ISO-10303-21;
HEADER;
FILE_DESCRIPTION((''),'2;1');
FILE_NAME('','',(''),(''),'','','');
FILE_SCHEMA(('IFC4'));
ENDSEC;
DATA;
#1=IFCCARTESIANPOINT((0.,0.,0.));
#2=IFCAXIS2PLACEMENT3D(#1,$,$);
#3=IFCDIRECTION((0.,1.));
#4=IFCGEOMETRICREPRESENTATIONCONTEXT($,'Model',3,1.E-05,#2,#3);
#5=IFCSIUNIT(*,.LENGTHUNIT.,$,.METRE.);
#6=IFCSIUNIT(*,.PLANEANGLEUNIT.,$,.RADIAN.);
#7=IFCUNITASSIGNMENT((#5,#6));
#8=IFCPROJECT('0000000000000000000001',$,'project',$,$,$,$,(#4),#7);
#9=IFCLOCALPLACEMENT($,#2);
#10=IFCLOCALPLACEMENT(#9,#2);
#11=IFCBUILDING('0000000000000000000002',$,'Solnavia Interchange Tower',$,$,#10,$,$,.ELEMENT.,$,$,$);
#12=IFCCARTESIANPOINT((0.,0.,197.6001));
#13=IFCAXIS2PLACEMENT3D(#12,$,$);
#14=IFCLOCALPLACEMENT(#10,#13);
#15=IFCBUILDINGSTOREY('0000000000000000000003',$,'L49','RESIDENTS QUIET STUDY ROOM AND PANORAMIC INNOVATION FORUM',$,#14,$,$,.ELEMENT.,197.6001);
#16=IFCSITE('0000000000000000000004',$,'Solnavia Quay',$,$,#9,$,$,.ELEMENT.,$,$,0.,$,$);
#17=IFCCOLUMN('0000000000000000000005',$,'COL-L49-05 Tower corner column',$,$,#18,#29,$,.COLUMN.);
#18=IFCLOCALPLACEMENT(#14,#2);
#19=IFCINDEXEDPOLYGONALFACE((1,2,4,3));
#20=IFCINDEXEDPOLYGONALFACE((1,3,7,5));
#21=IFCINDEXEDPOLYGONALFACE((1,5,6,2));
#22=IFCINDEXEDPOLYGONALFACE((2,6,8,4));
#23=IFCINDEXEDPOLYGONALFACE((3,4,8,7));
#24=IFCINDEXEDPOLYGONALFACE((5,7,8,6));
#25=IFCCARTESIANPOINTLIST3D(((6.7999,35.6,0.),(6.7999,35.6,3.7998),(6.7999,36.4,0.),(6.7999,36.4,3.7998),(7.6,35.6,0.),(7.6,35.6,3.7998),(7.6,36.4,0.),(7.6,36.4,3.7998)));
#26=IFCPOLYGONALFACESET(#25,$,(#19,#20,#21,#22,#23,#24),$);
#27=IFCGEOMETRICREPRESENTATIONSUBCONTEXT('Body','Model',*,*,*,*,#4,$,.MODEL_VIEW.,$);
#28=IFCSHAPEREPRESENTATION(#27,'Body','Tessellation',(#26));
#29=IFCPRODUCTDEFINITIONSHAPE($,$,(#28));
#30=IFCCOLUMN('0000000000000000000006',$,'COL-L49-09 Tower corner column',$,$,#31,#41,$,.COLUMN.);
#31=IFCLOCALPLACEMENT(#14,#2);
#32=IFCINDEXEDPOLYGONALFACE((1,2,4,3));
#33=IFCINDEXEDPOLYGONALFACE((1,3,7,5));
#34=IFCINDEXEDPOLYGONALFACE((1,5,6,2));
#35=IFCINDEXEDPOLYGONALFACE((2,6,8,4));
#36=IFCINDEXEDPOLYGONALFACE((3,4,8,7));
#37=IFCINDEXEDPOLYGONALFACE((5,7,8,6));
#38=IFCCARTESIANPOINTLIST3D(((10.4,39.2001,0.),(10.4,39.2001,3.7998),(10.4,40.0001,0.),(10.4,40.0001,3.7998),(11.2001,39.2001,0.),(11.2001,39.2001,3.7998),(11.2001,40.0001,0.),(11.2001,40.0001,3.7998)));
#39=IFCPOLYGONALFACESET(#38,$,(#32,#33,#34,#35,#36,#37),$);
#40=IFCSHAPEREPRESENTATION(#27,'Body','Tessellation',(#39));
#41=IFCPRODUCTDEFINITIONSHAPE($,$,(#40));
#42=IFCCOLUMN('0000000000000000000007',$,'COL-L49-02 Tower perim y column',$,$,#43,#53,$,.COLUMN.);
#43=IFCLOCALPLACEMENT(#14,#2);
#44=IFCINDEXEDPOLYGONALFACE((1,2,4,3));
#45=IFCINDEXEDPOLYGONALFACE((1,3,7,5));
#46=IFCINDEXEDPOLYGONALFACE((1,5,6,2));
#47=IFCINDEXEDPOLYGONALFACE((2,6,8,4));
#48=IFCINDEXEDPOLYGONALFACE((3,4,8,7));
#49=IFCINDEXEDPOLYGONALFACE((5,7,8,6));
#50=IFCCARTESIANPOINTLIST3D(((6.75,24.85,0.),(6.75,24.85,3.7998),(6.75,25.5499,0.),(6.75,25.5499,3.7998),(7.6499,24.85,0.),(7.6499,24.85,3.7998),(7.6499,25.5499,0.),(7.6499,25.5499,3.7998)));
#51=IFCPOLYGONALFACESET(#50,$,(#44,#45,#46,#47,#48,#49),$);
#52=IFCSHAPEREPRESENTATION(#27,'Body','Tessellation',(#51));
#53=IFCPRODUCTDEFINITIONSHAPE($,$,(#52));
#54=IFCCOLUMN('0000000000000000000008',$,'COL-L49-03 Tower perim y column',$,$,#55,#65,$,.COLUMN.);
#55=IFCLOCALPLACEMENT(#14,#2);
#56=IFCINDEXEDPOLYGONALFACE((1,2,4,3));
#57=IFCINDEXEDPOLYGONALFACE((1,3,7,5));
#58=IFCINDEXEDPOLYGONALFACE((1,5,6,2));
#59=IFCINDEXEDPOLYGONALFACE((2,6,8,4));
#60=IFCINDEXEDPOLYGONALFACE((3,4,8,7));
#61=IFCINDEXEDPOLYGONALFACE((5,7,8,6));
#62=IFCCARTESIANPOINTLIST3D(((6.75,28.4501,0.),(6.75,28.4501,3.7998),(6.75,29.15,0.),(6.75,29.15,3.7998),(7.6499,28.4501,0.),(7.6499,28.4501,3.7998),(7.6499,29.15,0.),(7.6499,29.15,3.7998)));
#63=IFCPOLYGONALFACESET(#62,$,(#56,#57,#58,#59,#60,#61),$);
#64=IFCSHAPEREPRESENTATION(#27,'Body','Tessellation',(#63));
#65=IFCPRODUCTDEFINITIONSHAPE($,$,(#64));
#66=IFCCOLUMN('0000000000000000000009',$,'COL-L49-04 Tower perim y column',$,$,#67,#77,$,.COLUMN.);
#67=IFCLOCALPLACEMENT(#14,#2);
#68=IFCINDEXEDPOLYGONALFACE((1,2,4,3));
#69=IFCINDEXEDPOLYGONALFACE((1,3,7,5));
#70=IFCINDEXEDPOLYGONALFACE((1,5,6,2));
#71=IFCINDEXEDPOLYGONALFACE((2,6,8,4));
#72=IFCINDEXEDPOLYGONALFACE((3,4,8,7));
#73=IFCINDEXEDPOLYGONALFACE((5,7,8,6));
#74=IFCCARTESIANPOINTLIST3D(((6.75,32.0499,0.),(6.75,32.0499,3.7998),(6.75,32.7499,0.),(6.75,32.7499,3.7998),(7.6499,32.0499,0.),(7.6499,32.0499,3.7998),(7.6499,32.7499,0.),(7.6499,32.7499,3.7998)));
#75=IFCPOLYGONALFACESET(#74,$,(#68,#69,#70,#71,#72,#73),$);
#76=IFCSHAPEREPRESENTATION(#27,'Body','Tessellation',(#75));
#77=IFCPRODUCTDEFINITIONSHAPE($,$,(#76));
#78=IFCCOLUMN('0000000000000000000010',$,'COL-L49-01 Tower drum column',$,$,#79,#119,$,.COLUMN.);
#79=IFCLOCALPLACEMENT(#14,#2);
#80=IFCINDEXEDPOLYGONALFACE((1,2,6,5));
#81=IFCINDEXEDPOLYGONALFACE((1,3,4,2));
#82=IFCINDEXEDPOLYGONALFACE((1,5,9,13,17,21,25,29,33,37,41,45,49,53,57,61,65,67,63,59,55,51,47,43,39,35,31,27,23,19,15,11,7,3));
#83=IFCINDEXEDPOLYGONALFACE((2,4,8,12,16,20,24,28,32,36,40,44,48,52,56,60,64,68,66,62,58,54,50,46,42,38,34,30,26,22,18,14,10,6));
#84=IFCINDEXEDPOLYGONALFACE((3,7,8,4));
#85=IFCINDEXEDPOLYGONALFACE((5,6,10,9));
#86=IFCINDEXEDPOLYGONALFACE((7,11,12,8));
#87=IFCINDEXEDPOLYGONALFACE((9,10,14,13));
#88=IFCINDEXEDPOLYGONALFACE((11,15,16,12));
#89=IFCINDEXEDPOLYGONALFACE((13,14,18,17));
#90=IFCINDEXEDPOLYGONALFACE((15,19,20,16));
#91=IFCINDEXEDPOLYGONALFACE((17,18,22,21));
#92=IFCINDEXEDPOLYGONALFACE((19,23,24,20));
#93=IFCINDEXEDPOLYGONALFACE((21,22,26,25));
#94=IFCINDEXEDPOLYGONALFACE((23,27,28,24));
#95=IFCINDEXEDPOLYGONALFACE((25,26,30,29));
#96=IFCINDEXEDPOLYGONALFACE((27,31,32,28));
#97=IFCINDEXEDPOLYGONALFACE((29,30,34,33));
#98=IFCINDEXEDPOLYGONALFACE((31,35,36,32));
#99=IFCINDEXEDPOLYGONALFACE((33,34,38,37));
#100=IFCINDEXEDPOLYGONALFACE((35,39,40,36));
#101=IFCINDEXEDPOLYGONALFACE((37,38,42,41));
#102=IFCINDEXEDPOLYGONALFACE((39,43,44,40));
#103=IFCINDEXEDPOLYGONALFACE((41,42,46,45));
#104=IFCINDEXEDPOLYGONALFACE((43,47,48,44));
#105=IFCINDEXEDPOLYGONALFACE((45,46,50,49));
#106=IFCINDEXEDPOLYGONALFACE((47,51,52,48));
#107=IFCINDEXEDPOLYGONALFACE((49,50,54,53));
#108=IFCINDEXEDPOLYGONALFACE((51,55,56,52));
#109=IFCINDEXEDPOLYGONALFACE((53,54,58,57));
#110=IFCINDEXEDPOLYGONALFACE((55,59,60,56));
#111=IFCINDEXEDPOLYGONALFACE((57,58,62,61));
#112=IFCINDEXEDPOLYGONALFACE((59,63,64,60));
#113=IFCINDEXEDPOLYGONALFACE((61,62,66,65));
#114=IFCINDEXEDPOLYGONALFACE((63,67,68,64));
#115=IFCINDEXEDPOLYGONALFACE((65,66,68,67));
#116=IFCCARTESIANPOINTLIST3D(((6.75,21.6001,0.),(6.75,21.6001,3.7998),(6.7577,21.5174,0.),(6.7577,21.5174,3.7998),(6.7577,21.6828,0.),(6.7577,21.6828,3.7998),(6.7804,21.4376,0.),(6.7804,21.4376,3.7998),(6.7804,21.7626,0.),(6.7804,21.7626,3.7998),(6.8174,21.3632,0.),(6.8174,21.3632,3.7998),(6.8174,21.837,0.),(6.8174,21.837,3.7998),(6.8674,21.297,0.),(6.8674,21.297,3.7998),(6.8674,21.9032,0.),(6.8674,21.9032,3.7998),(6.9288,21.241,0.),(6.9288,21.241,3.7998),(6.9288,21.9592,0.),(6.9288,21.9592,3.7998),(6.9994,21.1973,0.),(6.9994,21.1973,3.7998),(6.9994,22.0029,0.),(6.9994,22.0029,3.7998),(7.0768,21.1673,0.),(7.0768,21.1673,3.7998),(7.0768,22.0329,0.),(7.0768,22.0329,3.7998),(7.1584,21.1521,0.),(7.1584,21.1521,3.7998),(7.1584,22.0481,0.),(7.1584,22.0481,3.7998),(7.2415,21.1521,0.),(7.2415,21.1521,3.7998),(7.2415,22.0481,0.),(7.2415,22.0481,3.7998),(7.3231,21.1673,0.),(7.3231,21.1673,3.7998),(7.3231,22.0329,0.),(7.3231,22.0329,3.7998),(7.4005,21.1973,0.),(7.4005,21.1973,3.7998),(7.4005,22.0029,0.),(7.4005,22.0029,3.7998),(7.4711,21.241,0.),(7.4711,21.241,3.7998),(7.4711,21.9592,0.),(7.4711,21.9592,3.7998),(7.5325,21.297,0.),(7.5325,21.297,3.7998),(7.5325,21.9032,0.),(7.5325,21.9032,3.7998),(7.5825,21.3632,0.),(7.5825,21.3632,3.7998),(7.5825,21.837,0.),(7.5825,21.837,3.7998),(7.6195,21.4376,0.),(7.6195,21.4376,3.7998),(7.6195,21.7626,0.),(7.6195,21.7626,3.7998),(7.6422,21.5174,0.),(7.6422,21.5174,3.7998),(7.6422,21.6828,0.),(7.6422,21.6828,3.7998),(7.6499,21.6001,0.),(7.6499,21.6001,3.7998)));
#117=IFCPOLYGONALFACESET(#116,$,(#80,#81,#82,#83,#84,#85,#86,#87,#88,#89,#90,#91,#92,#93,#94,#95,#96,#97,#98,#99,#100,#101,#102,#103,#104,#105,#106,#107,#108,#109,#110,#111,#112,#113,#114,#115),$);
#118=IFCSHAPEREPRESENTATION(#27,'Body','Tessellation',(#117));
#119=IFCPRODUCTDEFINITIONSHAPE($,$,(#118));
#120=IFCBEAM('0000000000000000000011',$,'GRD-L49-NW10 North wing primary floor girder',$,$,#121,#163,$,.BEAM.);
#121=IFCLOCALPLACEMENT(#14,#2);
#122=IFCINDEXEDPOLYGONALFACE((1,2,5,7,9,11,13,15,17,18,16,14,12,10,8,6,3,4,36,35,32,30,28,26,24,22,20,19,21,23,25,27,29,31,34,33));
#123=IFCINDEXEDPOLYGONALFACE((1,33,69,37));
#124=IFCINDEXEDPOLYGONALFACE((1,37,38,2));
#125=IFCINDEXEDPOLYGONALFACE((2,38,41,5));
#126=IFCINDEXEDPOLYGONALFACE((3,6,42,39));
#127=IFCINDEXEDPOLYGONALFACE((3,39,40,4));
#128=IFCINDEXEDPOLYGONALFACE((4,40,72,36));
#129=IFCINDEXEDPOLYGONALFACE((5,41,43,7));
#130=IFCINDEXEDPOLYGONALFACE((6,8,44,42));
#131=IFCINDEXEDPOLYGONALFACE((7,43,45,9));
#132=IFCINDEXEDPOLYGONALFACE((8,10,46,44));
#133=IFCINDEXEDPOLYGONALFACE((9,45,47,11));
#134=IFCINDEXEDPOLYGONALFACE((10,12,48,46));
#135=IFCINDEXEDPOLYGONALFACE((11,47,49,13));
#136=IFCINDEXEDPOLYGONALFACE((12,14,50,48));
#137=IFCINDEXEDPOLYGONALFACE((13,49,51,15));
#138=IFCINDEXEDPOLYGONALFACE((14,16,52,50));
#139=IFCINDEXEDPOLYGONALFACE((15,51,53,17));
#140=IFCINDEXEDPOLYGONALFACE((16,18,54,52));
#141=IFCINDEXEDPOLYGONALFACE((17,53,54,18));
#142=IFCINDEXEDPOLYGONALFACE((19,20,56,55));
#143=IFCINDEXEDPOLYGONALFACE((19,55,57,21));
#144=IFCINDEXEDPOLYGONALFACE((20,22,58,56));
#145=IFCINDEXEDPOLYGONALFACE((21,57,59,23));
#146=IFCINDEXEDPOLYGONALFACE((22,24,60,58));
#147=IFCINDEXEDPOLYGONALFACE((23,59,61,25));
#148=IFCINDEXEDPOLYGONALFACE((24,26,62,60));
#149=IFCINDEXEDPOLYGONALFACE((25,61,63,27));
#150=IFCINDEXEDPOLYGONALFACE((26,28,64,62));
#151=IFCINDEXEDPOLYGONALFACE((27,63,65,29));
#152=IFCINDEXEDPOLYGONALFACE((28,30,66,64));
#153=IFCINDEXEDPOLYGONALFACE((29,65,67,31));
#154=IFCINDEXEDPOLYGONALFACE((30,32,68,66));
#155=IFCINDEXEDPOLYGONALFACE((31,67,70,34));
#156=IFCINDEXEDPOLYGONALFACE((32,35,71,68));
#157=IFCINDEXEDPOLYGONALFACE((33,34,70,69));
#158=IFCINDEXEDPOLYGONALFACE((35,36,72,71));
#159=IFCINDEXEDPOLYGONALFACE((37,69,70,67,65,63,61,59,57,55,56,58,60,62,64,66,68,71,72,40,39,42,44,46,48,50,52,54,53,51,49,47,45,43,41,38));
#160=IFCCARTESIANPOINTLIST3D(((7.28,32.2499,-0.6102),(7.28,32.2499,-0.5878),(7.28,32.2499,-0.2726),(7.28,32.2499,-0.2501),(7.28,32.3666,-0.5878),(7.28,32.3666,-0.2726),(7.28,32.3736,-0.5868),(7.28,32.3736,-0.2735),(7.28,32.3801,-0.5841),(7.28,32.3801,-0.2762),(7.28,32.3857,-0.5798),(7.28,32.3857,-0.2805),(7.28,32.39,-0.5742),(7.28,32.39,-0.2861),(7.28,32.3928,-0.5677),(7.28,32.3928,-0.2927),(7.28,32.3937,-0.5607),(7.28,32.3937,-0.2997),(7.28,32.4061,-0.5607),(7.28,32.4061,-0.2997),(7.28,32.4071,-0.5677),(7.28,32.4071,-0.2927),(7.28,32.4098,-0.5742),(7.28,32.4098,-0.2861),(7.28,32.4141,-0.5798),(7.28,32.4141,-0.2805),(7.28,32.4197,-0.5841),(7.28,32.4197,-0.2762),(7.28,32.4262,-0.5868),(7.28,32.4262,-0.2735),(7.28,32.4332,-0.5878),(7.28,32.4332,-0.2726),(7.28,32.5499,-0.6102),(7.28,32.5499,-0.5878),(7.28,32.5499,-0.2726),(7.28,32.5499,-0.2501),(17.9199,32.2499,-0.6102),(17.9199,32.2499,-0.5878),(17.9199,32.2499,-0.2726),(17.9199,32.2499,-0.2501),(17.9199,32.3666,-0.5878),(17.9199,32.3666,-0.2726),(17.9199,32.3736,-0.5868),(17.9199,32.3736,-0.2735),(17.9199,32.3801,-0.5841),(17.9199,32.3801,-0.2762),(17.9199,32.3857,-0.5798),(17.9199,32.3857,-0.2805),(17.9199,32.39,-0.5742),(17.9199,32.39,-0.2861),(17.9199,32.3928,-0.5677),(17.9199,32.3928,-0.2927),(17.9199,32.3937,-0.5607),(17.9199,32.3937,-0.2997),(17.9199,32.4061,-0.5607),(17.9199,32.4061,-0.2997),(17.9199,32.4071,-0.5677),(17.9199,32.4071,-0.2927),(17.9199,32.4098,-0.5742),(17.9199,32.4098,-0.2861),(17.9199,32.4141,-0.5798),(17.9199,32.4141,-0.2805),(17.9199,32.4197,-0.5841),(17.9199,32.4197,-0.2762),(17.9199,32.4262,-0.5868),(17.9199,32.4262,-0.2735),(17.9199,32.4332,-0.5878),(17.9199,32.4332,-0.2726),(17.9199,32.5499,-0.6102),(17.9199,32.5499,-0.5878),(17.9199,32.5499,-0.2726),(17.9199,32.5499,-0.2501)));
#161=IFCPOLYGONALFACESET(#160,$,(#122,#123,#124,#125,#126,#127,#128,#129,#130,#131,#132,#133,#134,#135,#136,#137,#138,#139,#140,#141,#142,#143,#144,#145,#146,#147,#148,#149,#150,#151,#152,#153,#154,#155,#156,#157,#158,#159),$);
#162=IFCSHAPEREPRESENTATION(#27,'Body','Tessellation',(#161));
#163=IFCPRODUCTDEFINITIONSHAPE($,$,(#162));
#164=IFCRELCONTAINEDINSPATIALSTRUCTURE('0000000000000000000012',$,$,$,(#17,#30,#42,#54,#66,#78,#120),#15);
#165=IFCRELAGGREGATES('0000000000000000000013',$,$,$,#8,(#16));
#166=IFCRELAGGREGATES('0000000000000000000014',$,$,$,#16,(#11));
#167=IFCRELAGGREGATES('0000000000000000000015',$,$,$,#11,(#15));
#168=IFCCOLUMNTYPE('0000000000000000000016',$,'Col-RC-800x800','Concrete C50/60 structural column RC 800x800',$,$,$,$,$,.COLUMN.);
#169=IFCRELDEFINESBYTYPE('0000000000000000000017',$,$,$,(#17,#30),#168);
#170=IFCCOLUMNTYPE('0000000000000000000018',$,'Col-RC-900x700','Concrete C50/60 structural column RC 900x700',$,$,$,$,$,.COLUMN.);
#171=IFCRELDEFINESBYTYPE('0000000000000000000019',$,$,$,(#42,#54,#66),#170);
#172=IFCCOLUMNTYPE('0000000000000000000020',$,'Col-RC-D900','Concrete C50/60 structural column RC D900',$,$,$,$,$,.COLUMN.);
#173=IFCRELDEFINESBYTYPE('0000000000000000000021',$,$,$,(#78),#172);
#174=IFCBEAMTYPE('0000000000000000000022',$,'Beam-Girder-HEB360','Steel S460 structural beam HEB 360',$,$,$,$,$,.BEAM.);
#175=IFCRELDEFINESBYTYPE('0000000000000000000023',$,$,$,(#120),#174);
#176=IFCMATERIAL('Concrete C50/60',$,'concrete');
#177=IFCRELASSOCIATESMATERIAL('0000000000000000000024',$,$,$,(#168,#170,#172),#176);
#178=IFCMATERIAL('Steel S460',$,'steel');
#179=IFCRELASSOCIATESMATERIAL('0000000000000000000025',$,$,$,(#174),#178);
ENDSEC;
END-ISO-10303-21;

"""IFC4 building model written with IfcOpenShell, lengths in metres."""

from ifc_helpers import new_model, si_unit, direction, frame, origin, origin_2d, place, context, subcontext, project, spatial, rectangle, circle, i_section, extrude, material, material_profile, profile_set, type_object, element, save


model = new_model("IFC4")

# Units and contexts
model_context = context("Model", 3, precision=1e-05, world=origin(), true_north=direction((0.0, 1.0)))
body_context = subcontext(model_context, "Body", "Model", "MODEL_VIEW")
ifc_project = project(units=[si_unit("LENGTHUNIT", "METRE"), si_unit("PLANEANGLEUNIT", "RADIAN")], contexts=[model_context])

# Site, building, storey
site_placement = place(None, origin())
site = spatial("IfcSite", under=ifc_project, at=site_placement, Name="Solnavia Quay", CompositionType="ELEMENT", RefElevation=0.0)
building_placement = place(site_placement, origin())
building = spatial("IfcBuilding", under=site, at=building_placement, Name="Solnavia Interchange Tower", CompositionType="ELEMENT")
storey_placement = place(building_placement, frame((0.0, 0.0, 197.6001)))
storey = spatial("IfcBuildingStorey", under=building, at=storey_placement, Name="L49", Description="RESIDENTS QUIET STUDY ROOM AND PANORAMIC INNOVATION FORUM", CompositionType="ELEMENT", Elevation=197.6001)

# Columns
ifc_material_1 = material(Name="Concrete C50/60", Category="concrete")
ifc_material_profile_1 = material_profile(ifc_material_1, rectangle(XDim=0.8, YDim=0.8, at=origin_2d()), Name="RC 800x800")
ifc_profile_set_1 = profile_set([ifc_material_profile_1], Name="Concrete C50/60")
column_type_1 = type_object("IfcColumnType", Name="Col-RC-800x800", Description="Concrete C50/60 structural column RC 800x800", PredefinedType="COLUMN", material=ifc_profile_set_1)
for number, where, z_axis, x_axis, name in (
    (1, (7.2, 36.0, 0.0), (0.0, 0.0, 1.0), (0.0, 1.0, 0.0), "COL-L49-05 Tower corner column"),
    (2, (10.8, 39.6001, 0.0), (0.0, 0.0, 1.0), (1.0, 0.0, 0.0), "COL-L49-09 Tower corner column"),
):
    element("IfcColumn", number, at=place(storey_placement, frame(where, z_axis=z_axis, x_axis=x_axis)), inside=storey, type_object=column_type_1, Name=name, PredefinedType="COLUMN", context=body_context, shape_type="SweptSolid", body=[
        extrude(rectangle(XDim=0.8, YDim=0.8, at=origin_2d()), origin(), (0.0, 0.0, 1.0), 3.7998),
    ])
ifc_material_profile_2 = material_profile(ifc_material_1, rectangle(XDim=0.7, YDim=0.8999, at=origin_2d()), Name="RC 900x700")
ifc_profile_set_2 = profile_set([ifc_material_profile_2], Name="Concrete C50/60")
column_type_2 = type_object("IfcColumnType", Name="Col-RC-900x700", Description="Concrete C50/60 structural column RC 900x700", PredefinedType="COLUMN", material=ifc_profile_set_2)
for number, where, z_axis, x_axis, name in (
    (3, (7.2, 25.2, 0.0), (0.0, 0.0, 1.0), (0.0, 1.0, 0.0), "COL-L49-02 Tower perim y column"),
    (4, (7.2, 28.8, 0.0), (0.0, 0.0, 1.0), (0.0, 1.0, 0.0), "COL-L49-03 Tower perim y column"),
    (5, (7.2, 32.3999, 0.0), (0.0, 0.0, 1.0), (0.0, 1.0, 0.0), "COL-L49-04 Tower perim y column"),
):
    element("IfcColumn", number, at=place(storey_placement, frame(where, z_axis=z_axis, x_axis=x_axis)), inside=storey, type_object=column_type_2, Name=name, PredefinedType="COLUMN", context=body_context, shape_type="SweptSolid", body=[
        extrude(rectangle(XDim=0.7, YDim=0.8999, at=origin_2d()), origin(), (0.0, 0.0, 1.0), 3.7998),
    ])
ifc_material_profile_3 = material_profile(ifc_material_1, circle(Radius=0.45, at=origin_2d()), Name="RC D900")
ifc_profile_set_3 = profile_set([ifc_material_profile_3], Name="Concrete C50/60")
column_type_3 = type_object("IfcColumnType", Name="Col-RC-D900", Description="Concrete C50/60 structural column RC D900", PredefinedType="COLUMN", material=ifc_profile_set_3)
column_placement = place(storey_placement, frame((7.2, 21.6001, 0.0), z_axis=(0.0, 0.0, 1.0), x_axis=(1.0, 0.0, 0.0)))
element("IfcColumn", 6, at=column_placement, inside=storey, type_object=column_type_3, Name="COL-L49-01 Tower drum column", PredefinedType="COLUMN", context=body_context, shape_type="SweptSolid", body=[
    extrude(circle(Radius=0.45, at=origin_2d()), origin(), (0.0, 0.0, 1.0), 3.7998),
])

# Beam
ifc_material_2 = material(Name="Steel S460", Category="steel")
ifc_material_profile_4 = material_profile(ifc_material_2, i_section(OverallWidth=0.3, OverallDepth=0.3601, WebThickness=0.0125, FlangeThickness=0.0225, FilletRadius=0.0271, at=origin_2d()), Name="HEB 360")
ifc_profile_set_4 = profile_set([ifc_material_profile_4], Name="Steel S460")
beam_type_1 = type_object("IfcBeamType", Name="Beam-Girder-HEB360", Description="Steel S460 structural beam HEB 360", PredefinedType="BEAM", material=ifc_profile_set_4)
beam_1_placement = place(storey_placement, frame((7.28, 32.3999, -0.4302), z_axis=(1.0, 0.0, 0.0), x_axis=(0.0, 1.0, 0.0)))
element("IfcBeam", 7, at=beam_1_placement, inside=storey, type_object=beam_type_1, Name="GRD-L49-NW10 North wing primary floor girder", PredefinedType="BEAM", context=body_context, shape_type="SweptSolid", body=[
    extrude(i_section(OverallWidth=0.3, OverallDepth=0.3601, WebThickness=0.0125, FlangeThickness=0.0225, FilletRadius=0.0271, at=origin_2d()), origin(), (0.0, 0.0, 1.0), 10.6399),
])

save(model, "model.ifc")
